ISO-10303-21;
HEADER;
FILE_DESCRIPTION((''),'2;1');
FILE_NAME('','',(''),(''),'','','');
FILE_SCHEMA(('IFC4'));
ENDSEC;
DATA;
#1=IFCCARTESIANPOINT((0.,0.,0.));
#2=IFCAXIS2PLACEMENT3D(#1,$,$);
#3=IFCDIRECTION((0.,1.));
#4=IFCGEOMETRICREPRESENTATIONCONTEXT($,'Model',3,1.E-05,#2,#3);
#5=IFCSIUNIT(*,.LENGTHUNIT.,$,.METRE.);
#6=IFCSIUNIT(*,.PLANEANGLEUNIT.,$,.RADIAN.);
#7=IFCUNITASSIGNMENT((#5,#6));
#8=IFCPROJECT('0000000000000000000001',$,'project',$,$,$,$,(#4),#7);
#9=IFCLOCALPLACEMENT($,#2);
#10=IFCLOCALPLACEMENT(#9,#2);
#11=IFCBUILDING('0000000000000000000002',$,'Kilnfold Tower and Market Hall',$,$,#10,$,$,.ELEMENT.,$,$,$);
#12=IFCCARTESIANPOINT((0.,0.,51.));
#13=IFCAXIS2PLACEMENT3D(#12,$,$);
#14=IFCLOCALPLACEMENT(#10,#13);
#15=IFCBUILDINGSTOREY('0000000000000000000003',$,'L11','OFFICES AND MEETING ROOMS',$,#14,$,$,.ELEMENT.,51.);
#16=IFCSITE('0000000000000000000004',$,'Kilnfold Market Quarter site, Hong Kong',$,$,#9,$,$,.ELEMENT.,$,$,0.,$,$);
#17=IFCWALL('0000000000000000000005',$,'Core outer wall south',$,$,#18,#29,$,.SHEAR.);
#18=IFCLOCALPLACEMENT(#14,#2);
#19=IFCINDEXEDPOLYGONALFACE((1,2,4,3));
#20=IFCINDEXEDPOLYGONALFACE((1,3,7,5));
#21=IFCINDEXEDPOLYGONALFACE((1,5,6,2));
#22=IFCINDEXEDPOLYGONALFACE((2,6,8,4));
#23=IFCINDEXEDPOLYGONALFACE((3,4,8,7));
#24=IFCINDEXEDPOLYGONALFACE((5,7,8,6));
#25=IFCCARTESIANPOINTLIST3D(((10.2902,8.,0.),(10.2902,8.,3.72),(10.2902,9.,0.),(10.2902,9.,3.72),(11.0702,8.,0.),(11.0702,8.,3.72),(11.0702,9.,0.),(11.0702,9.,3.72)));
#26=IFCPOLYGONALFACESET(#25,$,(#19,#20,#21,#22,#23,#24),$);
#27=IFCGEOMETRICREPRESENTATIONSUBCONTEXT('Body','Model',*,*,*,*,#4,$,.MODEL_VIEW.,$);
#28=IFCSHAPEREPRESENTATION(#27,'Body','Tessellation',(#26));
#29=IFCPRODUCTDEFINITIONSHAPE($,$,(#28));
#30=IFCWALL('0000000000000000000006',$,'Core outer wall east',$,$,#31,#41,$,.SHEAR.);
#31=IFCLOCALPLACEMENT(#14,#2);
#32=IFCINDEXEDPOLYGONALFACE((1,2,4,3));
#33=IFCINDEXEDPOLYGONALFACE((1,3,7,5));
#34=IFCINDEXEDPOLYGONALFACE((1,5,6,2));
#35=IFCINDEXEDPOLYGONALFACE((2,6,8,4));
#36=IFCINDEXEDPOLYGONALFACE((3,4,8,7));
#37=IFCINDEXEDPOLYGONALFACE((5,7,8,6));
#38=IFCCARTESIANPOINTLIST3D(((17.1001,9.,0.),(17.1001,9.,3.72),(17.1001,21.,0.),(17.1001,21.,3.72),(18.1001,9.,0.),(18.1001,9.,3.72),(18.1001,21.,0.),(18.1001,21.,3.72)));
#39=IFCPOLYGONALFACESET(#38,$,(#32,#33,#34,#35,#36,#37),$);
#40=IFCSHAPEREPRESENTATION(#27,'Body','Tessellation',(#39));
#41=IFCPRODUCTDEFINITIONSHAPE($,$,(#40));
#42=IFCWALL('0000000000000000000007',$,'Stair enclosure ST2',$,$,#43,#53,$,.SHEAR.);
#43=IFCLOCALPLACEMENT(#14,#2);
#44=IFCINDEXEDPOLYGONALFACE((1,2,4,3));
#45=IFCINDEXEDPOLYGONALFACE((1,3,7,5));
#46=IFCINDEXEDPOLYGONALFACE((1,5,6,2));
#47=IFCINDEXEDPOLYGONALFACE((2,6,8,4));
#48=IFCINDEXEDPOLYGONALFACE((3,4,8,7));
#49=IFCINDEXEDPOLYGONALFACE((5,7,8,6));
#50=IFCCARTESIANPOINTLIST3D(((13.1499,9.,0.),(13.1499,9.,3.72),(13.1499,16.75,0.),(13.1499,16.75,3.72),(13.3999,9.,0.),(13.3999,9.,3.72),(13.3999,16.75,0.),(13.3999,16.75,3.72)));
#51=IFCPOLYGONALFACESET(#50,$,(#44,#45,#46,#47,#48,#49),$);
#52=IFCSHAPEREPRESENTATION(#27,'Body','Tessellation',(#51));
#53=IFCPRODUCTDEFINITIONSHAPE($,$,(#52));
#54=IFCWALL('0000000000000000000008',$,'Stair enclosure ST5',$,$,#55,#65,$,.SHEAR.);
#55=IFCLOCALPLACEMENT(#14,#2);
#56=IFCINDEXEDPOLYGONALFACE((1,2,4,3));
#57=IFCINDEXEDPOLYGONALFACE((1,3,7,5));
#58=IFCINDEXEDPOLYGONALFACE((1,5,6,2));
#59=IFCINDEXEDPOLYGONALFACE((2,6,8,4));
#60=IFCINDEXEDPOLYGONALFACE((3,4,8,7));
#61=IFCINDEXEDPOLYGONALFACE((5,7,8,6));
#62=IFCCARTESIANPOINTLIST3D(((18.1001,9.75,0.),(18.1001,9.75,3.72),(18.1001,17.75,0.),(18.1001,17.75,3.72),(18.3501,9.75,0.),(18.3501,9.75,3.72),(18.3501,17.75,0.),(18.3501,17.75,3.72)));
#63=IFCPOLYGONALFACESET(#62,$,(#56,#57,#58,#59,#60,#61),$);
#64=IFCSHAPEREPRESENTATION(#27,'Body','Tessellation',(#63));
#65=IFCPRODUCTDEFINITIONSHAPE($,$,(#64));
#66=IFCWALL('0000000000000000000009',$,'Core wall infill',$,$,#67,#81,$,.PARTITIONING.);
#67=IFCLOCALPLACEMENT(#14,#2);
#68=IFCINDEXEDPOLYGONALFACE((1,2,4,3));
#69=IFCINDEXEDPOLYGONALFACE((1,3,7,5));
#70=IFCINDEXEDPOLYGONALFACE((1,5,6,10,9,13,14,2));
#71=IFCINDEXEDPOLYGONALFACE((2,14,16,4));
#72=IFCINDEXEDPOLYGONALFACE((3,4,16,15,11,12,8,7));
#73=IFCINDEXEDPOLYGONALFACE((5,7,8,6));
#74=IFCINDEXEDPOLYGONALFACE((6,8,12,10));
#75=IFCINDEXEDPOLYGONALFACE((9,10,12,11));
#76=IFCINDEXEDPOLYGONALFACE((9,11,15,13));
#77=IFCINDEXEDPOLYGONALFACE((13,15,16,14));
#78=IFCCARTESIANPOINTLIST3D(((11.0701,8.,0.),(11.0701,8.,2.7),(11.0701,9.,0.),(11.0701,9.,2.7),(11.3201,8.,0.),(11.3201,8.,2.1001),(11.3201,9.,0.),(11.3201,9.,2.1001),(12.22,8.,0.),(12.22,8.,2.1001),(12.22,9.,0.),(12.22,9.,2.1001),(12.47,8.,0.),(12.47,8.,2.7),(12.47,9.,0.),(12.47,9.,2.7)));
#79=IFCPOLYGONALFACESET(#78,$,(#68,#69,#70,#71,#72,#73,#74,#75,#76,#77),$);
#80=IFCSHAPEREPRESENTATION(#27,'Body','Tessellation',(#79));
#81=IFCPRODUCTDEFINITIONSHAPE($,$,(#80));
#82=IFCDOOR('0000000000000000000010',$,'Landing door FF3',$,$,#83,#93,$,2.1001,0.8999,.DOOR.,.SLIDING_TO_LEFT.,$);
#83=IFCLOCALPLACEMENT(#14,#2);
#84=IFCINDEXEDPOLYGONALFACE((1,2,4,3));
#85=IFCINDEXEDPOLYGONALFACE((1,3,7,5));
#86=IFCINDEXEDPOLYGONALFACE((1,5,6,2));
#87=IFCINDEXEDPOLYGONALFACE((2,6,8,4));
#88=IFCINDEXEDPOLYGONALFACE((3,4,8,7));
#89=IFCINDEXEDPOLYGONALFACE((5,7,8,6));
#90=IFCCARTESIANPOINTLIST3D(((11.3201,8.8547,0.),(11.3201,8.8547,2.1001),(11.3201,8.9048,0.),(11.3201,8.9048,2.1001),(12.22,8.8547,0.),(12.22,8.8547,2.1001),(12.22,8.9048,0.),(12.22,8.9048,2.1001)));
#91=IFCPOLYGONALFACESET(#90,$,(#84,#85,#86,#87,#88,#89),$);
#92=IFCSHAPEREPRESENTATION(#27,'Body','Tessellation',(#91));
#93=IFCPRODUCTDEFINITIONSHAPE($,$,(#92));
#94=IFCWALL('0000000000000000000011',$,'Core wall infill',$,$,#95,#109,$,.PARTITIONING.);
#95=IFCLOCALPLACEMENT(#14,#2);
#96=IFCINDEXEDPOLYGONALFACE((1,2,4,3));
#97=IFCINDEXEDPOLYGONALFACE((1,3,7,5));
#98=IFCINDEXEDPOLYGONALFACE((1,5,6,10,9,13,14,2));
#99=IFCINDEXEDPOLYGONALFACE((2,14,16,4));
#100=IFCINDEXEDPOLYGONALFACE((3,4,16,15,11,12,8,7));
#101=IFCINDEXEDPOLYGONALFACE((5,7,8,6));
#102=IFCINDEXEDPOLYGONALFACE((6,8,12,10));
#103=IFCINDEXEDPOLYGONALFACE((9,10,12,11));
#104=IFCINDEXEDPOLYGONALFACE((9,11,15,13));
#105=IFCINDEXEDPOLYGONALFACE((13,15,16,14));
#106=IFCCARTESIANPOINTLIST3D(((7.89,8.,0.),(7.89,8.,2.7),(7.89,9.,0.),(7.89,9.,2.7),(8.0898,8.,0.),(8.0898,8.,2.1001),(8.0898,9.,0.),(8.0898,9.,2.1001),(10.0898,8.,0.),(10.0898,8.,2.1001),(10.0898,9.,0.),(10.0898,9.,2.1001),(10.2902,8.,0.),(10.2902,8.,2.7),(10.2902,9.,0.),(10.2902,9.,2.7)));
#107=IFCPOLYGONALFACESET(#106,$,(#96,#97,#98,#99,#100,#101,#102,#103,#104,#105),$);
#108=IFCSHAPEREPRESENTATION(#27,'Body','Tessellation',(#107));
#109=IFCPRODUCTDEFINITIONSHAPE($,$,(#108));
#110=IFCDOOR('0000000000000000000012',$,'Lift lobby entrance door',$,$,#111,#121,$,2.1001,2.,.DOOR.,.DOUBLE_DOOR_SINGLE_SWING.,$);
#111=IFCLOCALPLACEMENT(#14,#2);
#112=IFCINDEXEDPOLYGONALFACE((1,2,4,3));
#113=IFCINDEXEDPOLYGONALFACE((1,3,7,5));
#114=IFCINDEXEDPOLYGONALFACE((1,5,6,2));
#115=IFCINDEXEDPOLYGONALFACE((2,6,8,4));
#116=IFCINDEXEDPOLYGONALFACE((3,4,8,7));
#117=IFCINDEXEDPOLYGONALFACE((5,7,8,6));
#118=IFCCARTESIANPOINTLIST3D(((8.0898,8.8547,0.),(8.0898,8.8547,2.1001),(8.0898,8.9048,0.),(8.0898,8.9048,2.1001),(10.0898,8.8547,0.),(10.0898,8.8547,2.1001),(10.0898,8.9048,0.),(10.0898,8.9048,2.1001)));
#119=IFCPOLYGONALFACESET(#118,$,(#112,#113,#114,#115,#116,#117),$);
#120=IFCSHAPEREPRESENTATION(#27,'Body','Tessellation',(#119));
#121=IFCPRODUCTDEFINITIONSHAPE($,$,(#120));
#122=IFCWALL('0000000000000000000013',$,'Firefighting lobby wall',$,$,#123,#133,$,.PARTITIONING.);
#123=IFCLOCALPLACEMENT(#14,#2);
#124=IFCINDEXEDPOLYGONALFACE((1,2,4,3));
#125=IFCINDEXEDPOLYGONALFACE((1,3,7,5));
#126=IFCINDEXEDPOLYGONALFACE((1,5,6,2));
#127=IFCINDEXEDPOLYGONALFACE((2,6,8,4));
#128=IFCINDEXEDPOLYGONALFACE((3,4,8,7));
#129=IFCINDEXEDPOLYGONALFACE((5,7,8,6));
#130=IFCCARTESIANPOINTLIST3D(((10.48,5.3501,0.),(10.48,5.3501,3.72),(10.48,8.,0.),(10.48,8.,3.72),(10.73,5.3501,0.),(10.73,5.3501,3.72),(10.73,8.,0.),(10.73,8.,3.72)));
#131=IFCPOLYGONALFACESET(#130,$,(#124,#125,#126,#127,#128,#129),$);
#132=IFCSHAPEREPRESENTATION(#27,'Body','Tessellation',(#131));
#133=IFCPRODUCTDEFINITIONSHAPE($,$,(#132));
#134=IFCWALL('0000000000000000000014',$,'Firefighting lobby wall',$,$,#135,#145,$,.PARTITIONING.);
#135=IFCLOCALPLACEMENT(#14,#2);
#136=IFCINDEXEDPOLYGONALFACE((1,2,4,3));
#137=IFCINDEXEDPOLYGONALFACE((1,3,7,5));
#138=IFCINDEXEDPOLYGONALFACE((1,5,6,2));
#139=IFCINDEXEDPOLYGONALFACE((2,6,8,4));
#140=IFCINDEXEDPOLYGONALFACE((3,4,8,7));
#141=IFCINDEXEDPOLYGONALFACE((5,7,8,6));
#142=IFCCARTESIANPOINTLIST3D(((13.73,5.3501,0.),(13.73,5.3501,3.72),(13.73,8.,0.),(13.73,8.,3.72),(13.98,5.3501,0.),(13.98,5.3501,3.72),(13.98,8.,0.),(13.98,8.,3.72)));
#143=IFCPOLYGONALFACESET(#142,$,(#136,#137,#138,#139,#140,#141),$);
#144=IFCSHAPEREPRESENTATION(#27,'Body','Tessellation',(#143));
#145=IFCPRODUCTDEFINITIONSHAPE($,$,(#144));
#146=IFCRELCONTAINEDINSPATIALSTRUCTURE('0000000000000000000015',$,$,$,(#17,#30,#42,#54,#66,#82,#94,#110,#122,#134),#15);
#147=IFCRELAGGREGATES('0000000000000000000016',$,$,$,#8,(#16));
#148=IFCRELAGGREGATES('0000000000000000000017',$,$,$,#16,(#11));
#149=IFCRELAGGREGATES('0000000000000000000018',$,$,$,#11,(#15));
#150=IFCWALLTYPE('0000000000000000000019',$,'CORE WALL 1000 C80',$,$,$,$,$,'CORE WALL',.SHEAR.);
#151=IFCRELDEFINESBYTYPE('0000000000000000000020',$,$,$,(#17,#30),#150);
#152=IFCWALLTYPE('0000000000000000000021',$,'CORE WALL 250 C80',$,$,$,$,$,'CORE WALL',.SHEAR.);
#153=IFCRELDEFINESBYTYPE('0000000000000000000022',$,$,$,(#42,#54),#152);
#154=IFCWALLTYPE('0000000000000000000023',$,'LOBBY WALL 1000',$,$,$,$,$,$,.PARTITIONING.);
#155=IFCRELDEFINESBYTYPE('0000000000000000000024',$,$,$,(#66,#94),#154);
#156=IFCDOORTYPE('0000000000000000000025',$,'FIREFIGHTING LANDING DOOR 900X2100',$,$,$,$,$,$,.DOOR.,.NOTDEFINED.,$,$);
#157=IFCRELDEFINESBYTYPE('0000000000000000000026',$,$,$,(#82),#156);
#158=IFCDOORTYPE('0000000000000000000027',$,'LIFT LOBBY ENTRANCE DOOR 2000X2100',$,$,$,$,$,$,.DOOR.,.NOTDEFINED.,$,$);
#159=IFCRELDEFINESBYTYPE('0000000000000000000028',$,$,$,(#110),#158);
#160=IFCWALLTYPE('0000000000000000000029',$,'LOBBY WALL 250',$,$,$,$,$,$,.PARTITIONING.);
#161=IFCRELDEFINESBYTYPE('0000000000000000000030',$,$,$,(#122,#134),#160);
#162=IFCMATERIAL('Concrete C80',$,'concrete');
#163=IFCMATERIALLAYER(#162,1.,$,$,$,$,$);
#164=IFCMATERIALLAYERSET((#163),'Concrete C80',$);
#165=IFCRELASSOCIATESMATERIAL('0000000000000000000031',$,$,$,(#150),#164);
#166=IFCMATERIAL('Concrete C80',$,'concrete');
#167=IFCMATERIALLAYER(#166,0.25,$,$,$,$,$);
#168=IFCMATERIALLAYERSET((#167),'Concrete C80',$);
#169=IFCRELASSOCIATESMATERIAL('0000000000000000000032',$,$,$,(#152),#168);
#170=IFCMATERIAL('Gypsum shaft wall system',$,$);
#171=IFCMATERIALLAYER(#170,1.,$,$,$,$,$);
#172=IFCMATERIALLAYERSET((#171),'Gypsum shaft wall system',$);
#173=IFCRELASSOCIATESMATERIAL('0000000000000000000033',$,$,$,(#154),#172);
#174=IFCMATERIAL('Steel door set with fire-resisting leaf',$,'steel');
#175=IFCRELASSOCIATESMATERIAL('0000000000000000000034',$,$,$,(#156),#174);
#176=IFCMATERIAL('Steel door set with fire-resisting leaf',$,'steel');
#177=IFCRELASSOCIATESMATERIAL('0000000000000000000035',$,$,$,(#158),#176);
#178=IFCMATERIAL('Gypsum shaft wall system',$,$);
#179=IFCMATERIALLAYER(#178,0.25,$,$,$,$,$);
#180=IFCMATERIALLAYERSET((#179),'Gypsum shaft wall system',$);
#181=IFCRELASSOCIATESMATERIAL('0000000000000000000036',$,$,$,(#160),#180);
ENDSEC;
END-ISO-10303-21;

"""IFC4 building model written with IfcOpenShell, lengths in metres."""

from ifc_helpers import new_model, si_unit, direction, frame, frame_2d, origin, place, context, subcontext, project, spatial, rectangle, extrude, source, transform, mapped, material, layer, layer_set, type_object, element, fill, save


model = new_model("IFC4")

# Units and contexts
model_context = context("Model", 3, precision=1e-05, world=origin(), true_north=direction((0.0, 1.0)))
body_context = subcontext(model_context, "Body", "Model", "MODEL_VIEW")
ifc_project = project(units=[si_unit("LENGTHUNIT", "METRE"), si_unit("PLANEANGLEUNIT", "RADIAN")], contexts=[model_context])

# Site, building, storey
site_placement = place(None, origin())
site = spatial("IfcSite", under=ifc_project, at=site_placement, Name="Kilnfold Market Quarter site, Hong Kong", CompositionType="ELEMENT", RefElevation=0.0)
building_placement = place(site_placement, origin())
building = spatial("IfcBuilding", under=site, at=building_placement, Name="Kilnfold Tower and Market Hall", CompositionType="ELEMENT")
storey_placement = place(building_placement, frame((0.0, 0.0, 51.0)))
storey = spatial("IfcBuildingStorey", under=building, at=storey_placement, Name="L11", Description="OFFICES AND MEETING ROOMS", CompositionType="ELEMENT", Elevation=51.0)

# Wall
ifc_material_1 = material(Name="Concrete C80", Category="concrete")
ifc_layer_1 = layer(ifc_material_1, 1.0)
ifc_layer_set_1 = layer_set([ifc_layer_1], Name="Concrete C80")
wall_type_1 = type_object("IfcWallType", Name="CORE WALL 1000 C80", ElementType="CORE WALL", PredefinedType="SHEAR", material=ifc_layer_set_1)
shared_shape_1 = source(origin(), body_context, "Body", "SweptSolid", [
    extrude(rectangle(XDim=0.78, YDim=1.0, at=frame_2d((0.3901, 0.0))), origin(), (0.0, 0.0, 1.0), 3.72),
])
wall_1_placement = place(storey_placement, frame((10.29, 8.5, 0.0), z_axis=(0.0, 0.0, 1.0), x_axis=(1.0, 0.0, 0.0)))
element("IfcWall", 1, at=wall_1_placement, inside=storey, type_object=wall_type_1, Name="Core outer wall south", PredefinedType="SHEAR", context=body_context, shape_type="MappedRepresentation", body=[
    mapped(shared_shape_1, transform((0.0, 0.0, 0.0))),
])

# Walls
shared_shape_2 = source(origin(), body_context, "Body", "SweptSolid", [
    extrude(rectangle(XDim=12.0, YDim=1.0, at=frame_2d((6.0, 0.0))), origin(), (0.0, 0.0, 1.0), 3.72),
])
wall_2_placement = place(storey_placement, frame((17.6001, 9.0, 0.0), z_axis=(0.0, 0.0, 1.0), x_axis=(0.0, 1.0, 0.0)))
element("IfcWall", 2, at=wall_2_placement, inside=storey, type_object=wall_type_1, Name="Core outer wall east", PredefinedType="SHEAR", context=body_context, shape_type="MappedRepresentation", body=[
    mapped(shared_shape_2, transform((0.0, 0.0, 0.0))),
])
ifc_material_2 = material(Name="Concrete C80", Category="concrete")
ifc_layer_2 = layer(ifc_material_2, 0.25)
ifc_layer_set_2 = layer_set([ifc_layer_2], Name="Concrete C80")
wall_type_2 = type_object("IfcWallType", Name="CORE WALL 250 C80", ElementType="CORE WALL", PredefinedType="SHEAR", material=ifc_layer_set_2)
shared_shape_3 = source(origin(), body_context, "Body", "SweptSolid", [
    extrude(rectangle(XDim=7.75, YDim=0.25, at=frame_2d((3.875, 0.0))), origin(), (0.0, 0.0, 1.0), 3.72),
])
wall_3_placement = place(storey_placement, frame((13.2749, 9.0, 0.0), z_axis=(0.0, 0.0, 1.0), x_axis=(0.0, 1.0, 0.0)))
element("IfcWall", 3, at=wall_3_placement, inside=storey, type_object=wall_type_2, Name="Stair enclosure ST2", PredefinedType="SHEAR", context=body_context, shape_type="MappedRepresentation", body=[
    mapped(shared_shape_3, transform((0.0, 0.0, 0.0))),
])
shared_shape_4 = source(origin(), body_context, "Body", "SweptSolid", [
    extrude(rectangle(XDim=8.0, YDim=0.25, at=frame_2d((4.0, 0.0))), origin(), (0.0, 0.0, 1.0), 3.72),
])
wall_4_placement = place(storey_placement, frame((18.2251, 9.75, 0.0), z_axis=(0.0, 0.0, 1.0), x_axis=(0.0, 1.0, 0.0)))
element("IfcWall", 4, at=wall_4_placement, inside=storey, type_object=wall_type_2, Name="Stair enclosure ST5", PredefinedType="SHEAR", context=body_context, shape_type="MappedRepresentation", body=[
    mapped(shared_shape_4, transform((0.0, 0.0, 0.0))),
])

# Walls, openings, doors
ifc_material_3 = material(Name="Gypsum shaft wall system")
ifc_layer_3 = layer(ifc_material_3, 1.0)
ifc_layer_set_3 = layer_set([ifc_layer_3], Name="Gypsum shaft wall system")
wall_type_3 = type_object("IfcWallType", Name="LOBBY WALL 1000", PredefinedType="PARTITIONING", material=ifc_layer_set_3)
shared_shape_5 = source(origin(), body_context, "Body", "SweptSolid", [
    extrude(rectangle(XDim=1.3999, YDim=1.0, at=frame_2d((0.7, 0.0))), origin(), (0.0, 0.0, 1.0), 2.7),
])
wall_5_placement = place(storey_placement, frame((11.0701, 8.5, 0.0), z_axis=(0.0, 0.0, 1.0), x_axis=(1.0, 0.0, 0.0)))
wall_5 = element("IfcWall", 5, at=wall_5_placement, inside=storey, type_object=wall_type_3, Name="Core wall infill", PredefinedType="PARTITIONING", context=body_context, shape_type="MappedRepresentation", body=[
    mapped(shared_shape_5, transform((0.0, 0.0, 0.0))),
])
opening_1_placement = place(wall_5_placement, frame((0.25, 0.0, 0.0)))
opening_1 = element("IfcOpeningElement", 6, at=opening_1_placement, cuts=wall_5, PredefinedType="OPENING", context=body_context, shape_type="SweptSolid", body=[
    extrude(rectangle(XDim=0.8999, YDim=2.1001, at=frame_2d((0.45, 1.05))), frame((0.0, 0.51, 0.0), z_axis=(0.0, -1.0, 0.0), x_axis=(1.0, 0.0, 0.0)), (0.0, 0.0, 1.0), 1.02),
])
ifc_material_4 = material(Name="Steel door set with fire-resisting leaf", Category="steel")
door_type_1 = type_object("IfcDoorType", Name="FIREFIGHTING LANDING DOOR 900X2100", OperationType="NOTDEFINED", PredefinedType="DOOR", material=ifc_material_4)
door_1_placement = place(opening_1_placement, origin())
door_1 = element("IfcDoor", 7, at=door_1_placement, inside=storey, type_object=door_type_1, Name="Landing door FF3", OperationType="SLIDING_TO_LEFT", OverallHeight=2.1001, OverallWidth=0.8999, PredefinedType="DOOR", context=body_context, shape_type="SweptSolid", body=[
    extrude(rectangle(XDim=0.8999, YDim=2.1001, at=frame_2d((0.45, 1.05))), frame((0.0, 0.4048, 0.0), z_axis=(0.0, -1.0, 0.0), x_axis=(1.0, 0.0, 0.0)), (0.0, 0.0, 1.0), 0.05),
])
fill(opening_1, door_1)
shared_shape_6 = source(origin(), body_context, "Body", "SweptSolid", [
    extrude(rectangle(XDim=2.4001, YDim=1.0, at=frame_2d((1.2002, 0.0))), origin(), (0.0, 0.0, 1.0), 2.7),
])
wall_6_placement = place(storey_placement, frame((7.8899, 8.5, 0.0), z_axis=(0.0, 0.0, 1.0), x_axis=(1.0, 0.0, 0.0)))
wall_6 = element("IfcWall", 8, at=wall_6_placement, inside=storey, type_object=wall_type_3, Name="Core wall infill", PredefinedType="PARTITIONING", context=body_context, shape_type="MappedRepresentation", body=[
    mapped(shared_shape_6, transform((0.0, 0.0, 0.0))),
])
opening_2_placement = place(wall_6_placement, frame((0.2, 0.0, 0.0)))
opening_2 = element("IfcOpeningElement", 9, at=opening_2_placement, cuts=wall_6, PredefinedType="OPENING", context=body_context, shape_type="SweptSolid", body=[
    extrude(rectangle(XDim=2.0, YDim=2.1001, at=frame_2d((1.0, 1.05))), frame((0.0, 0.51, 0.0), z_axis=(0.0, -1.0, 0.0), x_axis=(1.0, 0.0, 0.0)), (0.0, 0.0, 1.0), 1.02),
])
ifc_material_5 = material(Name="Steel door set with fire-resisting leaf", Category="steel")
door_type_2 = type_object("IfcDoorType", Name="LIFT LOBBY ENTRANCE DOOR 2000X2100", OperationType="NOTDEFINED", PredefinedType="DOOR", material=ifc_material_5)
door_2_placement = place(opening_2_placement, origin())
door_2 = element("IfcDoor", 10, at=door_2_placement, inside=storey, type_object=door_type_2, Name="Lift lobby entrance door", OperationType="DOUBLE_DOOR_SINGLE_SWING", OverallHeight=2.1001, OverallWidth=2.0, PredefinedType="DOOR", context=body_context, shape_type="SweptSolid", body=[
    extrude(rectangle(XDim=2.0, YDim=2.1001, at=frame_2d((1.0, 1.05))), frame((0.0, 0.4048, 0.0), z_axis=(0.0, -1.0, 0.0), x_axis=(1.0, 0.0, 0.0)), (0.0, 0.0, 1.0), 0.05),
])
fill(opening_2, door_2)

# Walls
ifc_material_6 = material(Name="Gypsum shaft wall system")
ifc_layer_4 = layer(ifc_material_6, 0.25)
ifc_layer_set_4 = layer_set([ifc_layer_4], Name="Gypsum shaft wall system")
wall_type_4 = type_object("IfcWallType", Name="LOBBY WALL 250", PredefinedType="PARTITIONING", material=ifc_layer_set_4)
shared_shape_7 = source(origin(), body_context, "Body", "SweptSolid", [
    extrude(rectangle(XDim=2.6499, YDim=0.25, at=frame_2d((1.325, 0.0))), origin(), (0.0, 0.0, 1.0), 3.72),
])
for number, where, z_axis, x_axis, name in (
    (11, (10.605, 5.3501, 0.0), (0.0, 0.0, 1.0), (0.0, 1.0, 0.0), "Firefighting lobby wall"),
    (12, (13.855, 5.3501, 0.0), (0.0, 0.0, 1.0), (0.0, 1.0, 0.0), "Firefighting lobby wall"),
):
    element("IfcWall", number, at=place(storey_placement, frame(where, z_axis=z_axis, x_axis=x_axis)), inside=storey, type_object=wall_type_4, Name=name, PredefinedType="PARTITIONING", context=body_context, shape_type="MappedRepresentation", body=[
        mapped(shared_shape_7, transform((0.0, 0.0, 0.0))),
    ])

save(model, "model.ifc")
